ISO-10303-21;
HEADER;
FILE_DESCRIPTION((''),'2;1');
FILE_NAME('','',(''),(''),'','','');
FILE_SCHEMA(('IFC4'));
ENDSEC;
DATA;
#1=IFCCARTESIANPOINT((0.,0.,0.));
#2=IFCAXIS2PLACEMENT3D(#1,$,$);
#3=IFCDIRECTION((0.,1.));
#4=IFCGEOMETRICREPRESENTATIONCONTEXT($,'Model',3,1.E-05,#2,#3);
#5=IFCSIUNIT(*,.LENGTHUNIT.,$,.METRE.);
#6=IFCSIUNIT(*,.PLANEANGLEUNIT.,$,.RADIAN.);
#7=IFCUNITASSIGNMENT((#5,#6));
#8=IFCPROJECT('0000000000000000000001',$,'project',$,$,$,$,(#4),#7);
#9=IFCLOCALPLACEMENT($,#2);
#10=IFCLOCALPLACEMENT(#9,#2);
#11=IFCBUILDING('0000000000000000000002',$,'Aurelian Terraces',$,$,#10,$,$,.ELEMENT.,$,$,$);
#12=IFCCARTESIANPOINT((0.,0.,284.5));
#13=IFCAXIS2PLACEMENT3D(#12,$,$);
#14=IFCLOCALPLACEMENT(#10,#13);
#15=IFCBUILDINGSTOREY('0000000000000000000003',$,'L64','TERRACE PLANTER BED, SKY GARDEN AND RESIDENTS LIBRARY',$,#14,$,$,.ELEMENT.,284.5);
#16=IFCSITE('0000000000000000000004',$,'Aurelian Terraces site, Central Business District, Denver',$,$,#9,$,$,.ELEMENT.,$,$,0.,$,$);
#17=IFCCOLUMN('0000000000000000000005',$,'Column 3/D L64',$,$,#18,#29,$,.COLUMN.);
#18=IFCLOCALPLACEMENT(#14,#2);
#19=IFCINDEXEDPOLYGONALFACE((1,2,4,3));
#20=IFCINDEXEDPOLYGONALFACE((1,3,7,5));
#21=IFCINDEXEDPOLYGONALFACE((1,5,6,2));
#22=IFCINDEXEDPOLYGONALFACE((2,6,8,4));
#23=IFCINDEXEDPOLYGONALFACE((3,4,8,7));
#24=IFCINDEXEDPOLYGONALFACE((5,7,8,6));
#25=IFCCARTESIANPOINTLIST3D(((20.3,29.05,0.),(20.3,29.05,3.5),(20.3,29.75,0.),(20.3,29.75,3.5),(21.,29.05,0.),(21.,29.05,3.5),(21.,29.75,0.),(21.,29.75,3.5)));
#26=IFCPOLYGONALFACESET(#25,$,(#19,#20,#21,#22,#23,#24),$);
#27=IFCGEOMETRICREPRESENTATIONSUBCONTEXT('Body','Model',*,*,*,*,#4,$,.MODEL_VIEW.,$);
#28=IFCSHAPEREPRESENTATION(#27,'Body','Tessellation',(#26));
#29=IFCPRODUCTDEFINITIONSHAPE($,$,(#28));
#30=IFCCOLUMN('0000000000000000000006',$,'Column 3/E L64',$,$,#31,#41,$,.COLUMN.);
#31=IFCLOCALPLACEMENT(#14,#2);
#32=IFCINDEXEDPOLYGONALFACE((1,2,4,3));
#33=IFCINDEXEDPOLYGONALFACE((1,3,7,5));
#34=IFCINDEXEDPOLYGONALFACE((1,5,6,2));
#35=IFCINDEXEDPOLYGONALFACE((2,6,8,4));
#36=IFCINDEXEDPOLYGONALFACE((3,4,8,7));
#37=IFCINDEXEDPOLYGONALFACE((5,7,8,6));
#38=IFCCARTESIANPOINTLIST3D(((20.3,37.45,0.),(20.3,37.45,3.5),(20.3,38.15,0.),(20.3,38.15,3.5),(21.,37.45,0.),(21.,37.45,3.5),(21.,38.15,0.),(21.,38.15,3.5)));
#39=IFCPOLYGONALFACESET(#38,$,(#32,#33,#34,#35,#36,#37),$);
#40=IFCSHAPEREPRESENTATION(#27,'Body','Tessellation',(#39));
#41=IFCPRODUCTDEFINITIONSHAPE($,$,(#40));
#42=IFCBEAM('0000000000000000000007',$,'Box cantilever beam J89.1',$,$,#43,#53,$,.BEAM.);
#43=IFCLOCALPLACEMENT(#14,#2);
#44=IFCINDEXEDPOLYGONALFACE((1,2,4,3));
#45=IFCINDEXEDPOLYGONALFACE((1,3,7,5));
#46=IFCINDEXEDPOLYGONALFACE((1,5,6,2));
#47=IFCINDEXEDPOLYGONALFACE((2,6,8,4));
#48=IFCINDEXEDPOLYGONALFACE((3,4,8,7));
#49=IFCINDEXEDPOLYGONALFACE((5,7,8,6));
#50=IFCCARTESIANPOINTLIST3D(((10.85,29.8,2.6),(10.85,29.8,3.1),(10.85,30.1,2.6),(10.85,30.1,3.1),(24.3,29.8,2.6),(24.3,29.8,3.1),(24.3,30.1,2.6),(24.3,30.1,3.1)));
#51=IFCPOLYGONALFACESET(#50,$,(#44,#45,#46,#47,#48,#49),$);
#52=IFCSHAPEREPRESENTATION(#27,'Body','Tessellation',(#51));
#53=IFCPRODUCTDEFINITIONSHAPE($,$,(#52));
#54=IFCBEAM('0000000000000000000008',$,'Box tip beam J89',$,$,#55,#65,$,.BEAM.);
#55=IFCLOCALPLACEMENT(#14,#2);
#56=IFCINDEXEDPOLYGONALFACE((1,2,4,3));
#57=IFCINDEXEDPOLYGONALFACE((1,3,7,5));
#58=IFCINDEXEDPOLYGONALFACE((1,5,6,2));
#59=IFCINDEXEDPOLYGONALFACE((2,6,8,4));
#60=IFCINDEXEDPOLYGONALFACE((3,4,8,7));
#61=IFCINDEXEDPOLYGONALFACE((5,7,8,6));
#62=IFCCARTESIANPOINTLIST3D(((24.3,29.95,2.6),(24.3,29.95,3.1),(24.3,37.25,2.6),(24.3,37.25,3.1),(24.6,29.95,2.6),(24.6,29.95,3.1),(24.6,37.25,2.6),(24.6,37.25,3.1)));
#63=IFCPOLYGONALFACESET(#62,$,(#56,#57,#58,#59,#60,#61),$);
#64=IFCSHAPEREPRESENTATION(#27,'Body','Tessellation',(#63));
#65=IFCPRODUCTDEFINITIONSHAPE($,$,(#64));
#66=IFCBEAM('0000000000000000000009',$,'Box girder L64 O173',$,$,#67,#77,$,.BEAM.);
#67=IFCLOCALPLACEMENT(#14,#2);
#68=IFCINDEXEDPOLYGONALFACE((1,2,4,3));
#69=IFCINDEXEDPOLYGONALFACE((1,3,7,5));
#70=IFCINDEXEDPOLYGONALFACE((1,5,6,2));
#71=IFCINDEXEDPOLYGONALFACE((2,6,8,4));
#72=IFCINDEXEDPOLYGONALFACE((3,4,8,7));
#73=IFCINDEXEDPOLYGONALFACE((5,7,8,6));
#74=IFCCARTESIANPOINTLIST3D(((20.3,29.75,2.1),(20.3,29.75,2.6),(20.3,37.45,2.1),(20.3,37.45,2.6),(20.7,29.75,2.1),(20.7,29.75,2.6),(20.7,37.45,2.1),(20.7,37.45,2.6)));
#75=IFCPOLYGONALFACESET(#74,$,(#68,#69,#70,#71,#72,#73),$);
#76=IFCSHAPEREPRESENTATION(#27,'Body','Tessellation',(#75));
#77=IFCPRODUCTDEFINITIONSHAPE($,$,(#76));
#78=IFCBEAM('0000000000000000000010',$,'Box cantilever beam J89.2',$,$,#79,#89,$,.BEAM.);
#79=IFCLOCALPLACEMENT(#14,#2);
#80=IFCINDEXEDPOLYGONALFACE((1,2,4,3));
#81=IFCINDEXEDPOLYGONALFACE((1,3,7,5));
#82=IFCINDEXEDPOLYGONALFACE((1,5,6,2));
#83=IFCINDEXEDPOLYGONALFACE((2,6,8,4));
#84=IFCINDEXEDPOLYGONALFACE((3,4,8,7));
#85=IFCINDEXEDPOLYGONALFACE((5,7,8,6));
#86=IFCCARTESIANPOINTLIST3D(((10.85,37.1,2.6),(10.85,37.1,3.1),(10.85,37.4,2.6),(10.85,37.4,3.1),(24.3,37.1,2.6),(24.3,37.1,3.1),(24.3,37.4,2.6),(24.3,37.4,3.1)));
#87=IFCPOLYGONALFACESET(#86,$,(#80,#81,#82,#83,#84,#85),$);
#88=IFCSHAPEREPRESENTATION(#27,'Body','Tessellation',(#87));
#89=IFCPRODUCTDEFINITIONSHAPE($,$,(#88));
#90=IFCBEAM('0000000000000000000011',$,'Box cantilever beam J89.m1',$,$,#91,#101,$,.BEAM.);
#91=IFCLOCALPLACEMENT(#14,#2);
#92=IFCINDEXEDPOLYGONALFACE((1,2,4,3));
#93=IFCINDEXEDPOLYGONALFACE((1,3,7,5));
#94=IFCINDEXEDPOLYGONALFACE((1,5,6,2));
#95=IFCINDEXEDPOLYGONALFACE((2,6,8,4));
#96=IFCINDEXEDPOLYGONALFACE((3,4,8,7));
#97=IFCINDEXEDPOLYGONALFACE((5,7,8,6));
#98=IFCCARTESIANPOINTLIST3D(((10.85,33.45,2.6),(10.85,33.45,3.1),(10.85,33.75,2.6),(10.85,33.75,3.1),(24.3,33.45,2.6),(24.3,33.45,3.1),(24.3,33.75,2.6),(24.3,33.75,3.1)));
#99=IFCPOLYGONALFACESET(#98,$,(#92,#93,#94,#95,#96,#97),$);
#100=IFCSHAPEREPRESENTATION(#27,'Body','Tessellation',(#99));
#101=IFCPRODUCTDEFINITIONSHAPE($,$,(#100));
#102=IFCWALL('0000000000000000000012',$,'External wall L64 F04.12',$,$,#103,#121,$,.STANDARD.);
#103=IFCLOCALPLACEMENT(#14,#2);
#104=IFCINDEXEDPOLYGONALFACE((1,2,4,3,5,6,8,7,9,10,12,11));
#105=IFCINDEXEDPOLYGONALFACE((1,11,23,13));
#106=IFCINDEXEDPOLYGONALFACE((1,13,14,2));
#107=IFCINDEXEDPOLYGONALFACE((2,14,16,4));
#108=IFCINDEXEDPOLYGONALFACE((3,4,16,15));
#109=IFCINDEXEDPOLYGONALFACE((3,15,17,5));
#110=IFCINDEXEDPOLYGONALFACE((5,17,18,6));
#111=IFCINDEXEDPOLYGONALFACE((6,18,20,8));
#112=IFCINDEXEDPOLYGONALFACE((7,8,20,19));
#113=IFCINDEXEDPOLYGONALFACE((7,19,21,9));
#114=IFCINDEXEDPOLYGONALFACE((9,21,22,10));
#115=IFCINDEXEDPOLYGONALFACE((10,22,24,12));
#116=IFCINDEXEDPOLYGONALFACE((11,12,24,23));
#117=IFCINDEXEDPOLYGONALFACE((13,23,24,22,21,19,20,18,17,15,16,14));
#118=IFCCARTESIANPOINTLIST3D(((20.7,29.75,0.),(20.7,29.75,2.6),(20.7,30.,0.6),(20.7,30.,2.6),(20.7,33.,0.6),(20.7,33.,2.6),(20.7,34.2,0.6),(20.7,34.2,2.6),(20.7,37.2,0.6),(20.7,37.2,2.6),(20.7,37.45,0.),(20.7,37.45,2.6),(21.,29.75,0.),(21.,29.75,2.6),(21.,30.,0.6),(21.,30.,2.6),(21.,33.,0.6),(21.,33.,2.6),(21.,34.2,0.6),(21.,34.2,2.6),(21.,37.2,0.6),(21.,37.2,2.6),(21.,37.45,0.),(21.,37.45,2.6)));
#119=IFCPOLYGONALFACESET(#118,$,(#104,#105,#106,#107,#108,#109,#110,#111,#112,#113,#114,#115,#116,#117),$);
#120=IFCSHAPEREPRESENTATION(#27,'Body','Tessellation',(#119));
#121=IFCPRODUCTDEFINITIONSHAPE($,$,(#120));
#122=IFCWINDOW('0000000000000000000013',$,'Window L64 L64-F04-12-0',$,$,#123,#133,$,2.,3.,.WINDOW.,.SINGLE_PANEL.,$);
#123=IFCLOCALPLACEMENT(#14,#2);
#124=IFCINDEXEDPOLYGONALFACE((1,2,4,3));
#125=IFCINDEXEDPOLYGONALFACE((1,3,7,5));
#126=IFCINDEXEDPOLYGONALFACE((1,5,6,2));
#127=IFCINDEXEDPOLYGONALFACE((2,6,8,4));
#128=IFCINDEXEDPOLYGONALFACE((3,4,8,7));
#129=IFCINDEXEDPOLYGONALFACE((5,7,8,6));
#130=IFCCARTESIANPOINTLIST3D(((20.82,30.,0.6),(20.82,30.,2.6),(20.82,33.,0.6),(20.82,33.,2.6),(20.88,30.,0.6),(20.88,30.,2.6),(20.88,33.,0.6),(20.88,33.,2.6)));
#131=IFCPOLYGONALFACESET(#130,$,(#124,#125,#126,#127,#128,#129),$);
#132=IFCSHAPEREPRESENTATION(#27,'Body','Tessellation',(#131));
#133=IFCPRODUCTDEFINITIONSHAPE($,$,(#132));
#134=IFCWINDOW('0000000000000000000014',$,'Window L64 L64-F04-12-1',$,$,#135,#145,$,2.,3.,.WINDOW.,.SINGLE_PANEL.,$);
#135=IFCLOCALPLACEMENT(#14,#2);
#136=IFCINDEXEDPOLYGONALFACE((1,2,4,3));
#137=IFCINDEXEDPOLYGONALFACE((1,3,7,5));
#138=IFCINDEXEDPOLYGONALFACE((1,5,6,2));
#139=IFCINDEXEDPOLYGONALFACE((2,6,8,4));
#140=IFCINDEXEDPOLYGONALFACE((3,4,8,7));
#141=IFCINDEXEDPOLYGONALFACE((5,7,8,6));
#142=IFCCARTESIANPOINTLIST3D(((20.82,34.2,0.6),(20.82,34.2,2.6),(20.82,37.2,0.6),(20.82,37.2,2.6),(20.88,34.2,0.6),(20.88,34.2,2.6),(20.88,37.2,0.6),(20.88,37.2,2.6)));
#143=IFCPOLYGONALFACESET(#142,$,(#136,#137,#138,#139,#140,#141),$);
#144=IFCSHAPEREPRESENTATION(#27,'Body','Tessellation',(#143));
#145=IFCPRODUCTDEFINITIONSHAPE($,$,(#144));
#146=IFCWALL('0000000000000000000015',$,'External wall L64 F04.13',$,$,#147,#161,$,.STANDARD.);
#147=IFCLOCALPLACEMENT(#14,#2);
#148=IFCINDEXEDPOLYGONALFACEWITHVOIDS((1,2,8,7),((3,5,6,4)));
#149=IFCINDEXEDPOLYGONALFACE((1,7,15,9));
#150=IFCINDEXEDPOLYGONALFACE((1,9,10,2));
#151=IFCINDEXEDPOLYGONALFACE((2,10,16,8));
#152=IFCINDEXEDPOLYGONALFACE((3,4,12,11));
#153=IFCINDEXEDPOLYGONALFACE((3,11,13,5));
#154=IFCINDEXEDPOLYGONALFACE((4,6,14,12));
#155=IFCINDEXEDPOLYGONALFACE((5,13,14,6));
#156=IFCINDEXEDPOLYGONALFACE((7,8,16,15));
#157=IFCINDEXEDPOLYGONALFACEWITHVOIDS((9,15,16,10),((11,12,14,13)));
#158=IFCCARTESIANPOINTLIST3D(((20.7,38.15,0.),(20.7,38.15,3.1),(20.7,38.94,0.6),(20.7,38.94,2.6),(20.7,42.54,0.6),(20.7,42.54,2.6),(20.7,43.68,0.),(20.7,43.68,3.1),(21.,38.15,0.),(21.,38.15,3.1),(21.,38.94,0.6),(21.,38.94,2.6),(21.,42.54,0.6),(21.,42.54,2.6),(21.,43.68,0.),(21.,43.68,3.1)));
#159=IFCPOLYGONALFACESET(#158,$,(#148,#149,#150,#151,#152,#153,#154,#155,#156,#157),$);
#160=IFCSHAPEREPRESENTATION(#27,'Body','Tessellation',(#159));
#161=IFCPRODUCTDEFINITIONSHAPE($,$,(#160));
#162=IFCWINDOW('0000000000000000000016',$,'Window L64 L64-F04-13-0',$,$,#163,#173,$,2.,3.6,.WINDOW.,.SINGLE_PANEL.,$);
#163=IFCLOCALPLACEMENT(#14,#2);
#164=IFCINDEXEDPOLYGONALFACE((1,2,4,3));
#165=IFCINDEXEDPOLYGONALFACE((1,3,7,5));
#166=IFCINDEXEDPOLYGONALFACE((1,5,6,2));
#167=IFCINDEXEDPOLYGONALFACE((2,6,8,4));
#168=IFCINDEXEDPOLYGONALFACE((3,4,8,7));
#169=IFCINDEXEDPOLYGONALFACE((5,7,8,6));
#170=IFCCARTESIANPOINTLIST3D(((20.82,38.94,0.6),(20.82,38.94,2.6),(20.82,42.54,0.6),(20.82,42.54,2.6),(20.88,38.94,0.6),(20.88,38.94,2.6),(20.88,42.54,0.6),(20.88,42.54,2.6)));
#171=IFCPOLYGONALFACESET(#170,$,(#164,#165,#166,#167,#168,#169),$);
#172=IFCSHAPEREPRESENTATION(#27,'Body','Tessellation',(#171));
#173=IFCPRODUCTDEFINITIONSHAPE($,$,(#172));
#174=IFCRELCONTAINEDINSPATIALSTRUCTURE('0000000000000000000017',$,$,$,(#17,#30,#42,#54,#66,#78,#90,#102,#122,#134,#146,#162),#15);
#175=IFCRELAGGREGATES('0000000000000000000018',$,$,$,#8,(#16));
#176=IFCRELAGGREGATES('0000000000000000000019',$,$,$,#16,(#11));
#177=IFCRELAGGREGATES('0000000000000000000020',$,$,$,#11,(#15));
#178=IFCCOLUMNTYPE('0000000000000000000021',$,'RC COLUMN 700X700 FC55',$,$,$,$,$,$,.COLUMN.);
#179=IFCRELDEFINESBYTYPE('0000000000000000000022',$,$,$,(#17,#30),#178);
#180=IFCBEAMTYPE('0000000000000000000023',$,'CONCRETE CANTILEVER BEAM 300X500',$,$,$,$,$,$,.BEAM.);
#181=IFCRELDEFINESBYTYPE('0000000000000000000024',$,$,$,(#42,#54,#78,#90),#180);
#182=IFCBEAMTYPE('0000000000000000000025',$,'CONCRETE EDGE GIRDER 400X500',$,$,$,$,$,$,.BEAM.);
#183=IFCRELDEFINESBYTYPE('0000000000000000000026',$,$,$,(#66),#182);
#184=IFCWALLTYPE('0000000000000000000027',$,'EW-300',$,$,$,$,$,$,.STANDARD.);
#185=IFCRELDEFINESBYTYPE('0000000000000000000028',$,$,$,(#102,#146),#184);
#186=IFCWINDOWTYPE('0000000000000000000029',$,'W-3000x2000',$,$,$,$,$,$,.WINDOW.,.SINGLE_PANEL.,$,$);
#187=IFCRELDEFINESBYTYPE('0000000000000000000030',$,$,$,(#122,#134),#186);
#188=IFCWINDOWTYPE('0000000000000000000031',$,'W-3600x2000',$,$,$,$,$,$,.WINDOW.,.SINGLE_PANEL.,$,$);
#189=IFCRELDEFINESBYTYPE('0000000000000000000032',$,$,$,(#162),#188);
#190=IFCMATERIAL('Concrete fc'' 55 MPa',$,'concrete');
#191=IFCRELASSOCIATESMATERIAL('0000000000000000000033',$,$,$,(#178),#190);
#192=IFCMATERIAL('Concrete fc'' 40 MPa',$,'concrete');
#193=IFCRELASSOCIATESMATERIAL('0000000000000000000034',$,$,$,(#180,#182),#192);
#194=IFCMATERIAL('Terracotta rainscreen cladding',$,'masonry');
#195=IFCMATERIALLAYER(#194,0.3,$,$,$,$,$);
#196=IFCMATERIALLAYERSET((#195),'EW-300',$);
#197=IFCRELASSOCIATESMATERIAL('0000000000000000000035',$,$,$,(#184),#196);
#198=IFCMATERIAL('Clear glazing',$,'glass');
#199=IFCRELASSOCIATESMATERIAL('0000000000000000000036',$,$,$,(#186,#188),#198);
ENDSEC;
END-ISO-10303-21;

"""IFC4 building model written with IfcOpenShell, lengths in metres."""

from ifc_helpers import new_model, si_unit, direction, frame, frame_2d, origin, origin_2d, place, context, subcontext, project, spatial, rectangle, extrude, source, transform, mapped, material, layer, layer_set, material_profile, profile_set, type_object, element, fill, save


model = new_model("IFC4")

# Units and contexts
model_context = context("Model", 3, precision=1e-05, world=origin(), true_north=direction((0.0, 1.0)))
body_context = subcontext(model_context, "Body", "Model", "MODEL_VIEW")
ifc_project = project(units=[si_unit("LENGTHUNIT", "METRE"), si_unit("PLANEANGLEUNIT", "RADIAN")], contexts=[model_context])

# Site, building, storey
site_placement = place(None, origin())
site = spatial("IfcSite", under=ifc_project, at=site_placement, Name="Aurelian Terraces site, Central Business District, Denver", CompositionType="ELEMENT", RefElevation=0.0)
building_placement = place(site_placement, origin())
building = spatial("IfcBuilding", under=site, at=building_placement, Name="Aurelian Terraces", CompositionType="ELEMENT")
storey_placement = place(building_placement, frame((0.0, 0.0, 284.5)))
storey = spatial("IfcBuildingStorey", under=building, at=storey_placement, Name="L64", Description="TERRACE PLANTER BED, SKY GARDEN AND RESIDENTS LIBRARY", CompositionType="ELEMENT", Elevation=284.5)

# Columns
ifc_material_1 = material(Name="Concrete fc' 55 MPa", Category="concrete")
ifc_material_profile_1 = material_profile(ifc_material_1, rectangle(XDim=0.7, YDim=0.7, at=origin_2d()))
ifc_profile_set_1 = profile_set([ifc_material_profile_1], Name="Concrete fc' 55 MPa")
column_type = type_object("IfcColumnType", Name="RC COLUMN 700X700 FC55", PredefinedType="COLUMN", material=ifc_profile_set_1)
shared_shape_1 = source(origin(), body_context, "Body", "SweptSolid", [
    extrude(rectangle(XDim=0.7, YDim=0.7, at=origin_2d()), origin(), (0.0, 0.0, 1.0), 3.5),
])
for number, where, z_axis, x_axis, name in (
    (1, (20.65, 29.4, 0.0), (0.0, 0.0, 1.0), (1.0, 0.0, 0.0), "Column 3/D L64"),
    (2, (20.65, 37.8, 0.0), (0.0, 0.0, 1.0), (1.0, 0.0, 0.0), "Column 3/E L64"),
):
    element("IfcColumn", number, at=place(storey_placement, frame(where, z_axis=z_axis, x_axis=x_axis)), inside=storey, type_object=column_type, Name=name, PredefinedType="COLUMN", context=body_context, shape_type="MappedRepresentation", body=[
        mapped(shared_shape_1, transform((0.0, 0.0, 0.0), scale=1.0)),
    ])

# Beams
ifc_material_2 = material(Name="Concrete fc' 40 MPa", Category="concrete")
ifc_material_profile_2 = material_profile(ifc_material_2, rectangle(XDim=0.3, YDim=0.5, at=origin_2d()))
ifc_profile_set_2 = profile_set([ifc_material_profile_2], Name="Concrete fc' 40 MPa")
beam_type_1 = type_object("IfcBeamType", Name="CONCRETE CANTILEVER BEAM 300X500", PredefinedType="BEAM", material=ifc_profile_set_2)
beam_1_placement = place(storey_placement, frame((24.3, 29.95, 2.85), z_axis=(-1.0, 0.0, 0.0), x_axis=(0.0, -1.0, 0.0)))
element("IfcBeam", 3, at=beam_1_placement, inside=storey, type_object=beam_type_1, Name="Box cantilever beam J89.1", PredefinedType="BEAM", context=body_context, shape_type="SweptSolid", body=[
    extrude(rectangle(XDim=0.3, YDim=0.5, at=origin_2d()), origin(), (0.0, 0.0, 1.0), 13.45),
])
beam_2_placement = place(storey_placement, frame((24.45, 29.95, 2.85), z_axis=(0.0, 1.0, 0.0), x_axis=(-1.0, 0.0, 0.0)))
element("IfcBeam", 4, at=beam_2_placement, inside=storey, type_object=beam_type_1, Name="Box tip beam J89", PredefinedType="BEAM", context=body_context, shape_type="SweptSolid", body=[
    extrude(rectangle(XDim=0.3, YDim=0.5, at=origin_2d()), origin(), (0.0, 0.0, 1.0), 7.3),
])
ifc_material_profile_3 = material_profile(ifc_material_2, rectangle(XDim=0.4, YDim=0.5, at=origin_2d()))
ifc_profile_set_3 = profile_set([ifc_material_profile_3], Name="Concrete fc' 40 MPa")
beam_type_2 = type_object("IfcBeamType", Name="CONCRETE EDGE GIRDER 400X500", PredefinedType="BEAM", material=ifc_profile_set_3)
beam_3_placement = place(storey_placement, frame((20.5, 29.75, 2.35), z_axis=(0.0, 1.0, 0.0), x_axis=(-1.0, 0.0, 0.0)))
element("IfcBeam", 5, at=beam_3_placement, inside=storey, type_object=beam_type_2, Name="Box girder L64 O173", PredefinedType="BEAM", context=body_context, shape_type="SweptSolid", body=[
    extrude(rectangle(XDim=0.4, YDim=0.5, at=origin_2d()), origin(), (0.0, 0.0, 1.0), 7.7),
])
shared_shape_2 = source(origin(), body_context, "Body", "SweptSolid", [
    extrude(rectangle(XDim=0.3, YDim=0.5, at=origin_2d()), origin(), (0.0, 0.0, 1.0), 13.45),
])
for number, where, z_axis, x_axis, name in (
    (6, (24.3, 37.25, 2.85), (-1.0, 0.0, 0.0), (0.0, -1.0, 0.0), "Box cantilever beam J89.2"),
    (7, (24.3, 33.6, 2.85), (-1.0, 0.0, 0.0), (0.0, -1.0, 0.0), "Box cantilever beam J89.m1"),
):
    element("IfcBeam", number, at=place(storey_placement, frame(where, z_axis=z_axis, x_axis=x_axis)), inside=storey, type_object=beam_type_1, Name=name, PredefinedType="BEAM", context=body_context, shape_type="MappedRepresentation", body=[
        mapped(shared_shape_2, transform((0.0, 0.0, 0.0), scale=1.0)),
    ])

# Wall, openings, windows
ifc_material_3 = material(Name="Terracotta rainscreen cladding", Category="masonry")
ifc_layer_1 = layer(ifc_material_3, 0.3)
ifc_layer_set_1 = layer_set([ifc_layer_1], Name="EW-300")
wall_type_1 = type_object("IfcWallType", Name="EW-300", PredefinedType="STANDARD", material=ifc_layer_set_1)
wall_1_placement = place(storey_placement, frame((20.85, 29.75, 0.0), z_axis=(0.0, 0.0, 1.0), x_axis=(0.0, 1.0, 0.0)))
wall_1 = element("IfcWall", 8, at=wall_1_placement, inside=storey, type_object=wall_type_1, Name="External wall L64 F04.12", PredefinedType="STANDARD", context=body_context, shape_type="SweptSolid", body=[
    extrude(rectangle(XDim=7.7, YDim=0.3, at=frame_2d((3.85, 0.0))), origin(), (0.0, 0.0, 1.0), 2.6),
])
shared_shape_3 = source(origin(), body_context, "Body", "SweptSolid", [
    extrude(rectangle(XDim=3.0, YDim=2.0, at=frame_2d((1.5, 1.0))), frame((0.0, 0.16, 0.0), z_axis=(0.0, -1.0, 0.0), x_axis=(1.0, 0.0, 0.0)), (0.0, 0.0, 1.0), 0.32),
])
opening_1_placement = place(wall_1_placement, frame((0.25, 0.0, 0.6)))
opening_1 = element("IfcOpeningElement", 9, at=opening_1_placement, cuts=wall_1, PredefinedType="OPENING", context=body_context, shape_type="MappedRepresentation", body=[
    mapped(shared_shape_3, transform((0.0, 0.0, 0.0), scale=1.0)),
])
opening_2_placement = place(wall_1_placement, frame((4.45, 0.0, 0.6)))
opening_2 = element("IfcOpeningElement", 10, at=opening_2_placement, cuts=wall_1, PredefinedType="OPENING", context=body_context, shape_type="MappedRepresentation", body=[
    mapped(shared_shape_3, transform((0.0, 0.0, 0.0), scale=1.0)),
])
ifc_material_4 = material(Name="Clear glazing", Category="glass")
window_type_1 = type_object("IfcWindowType", Name="W-3000x2000", PartitioningType="SINGLE_PANEL", PredefinedType="WINDOW", material=ifc_material_4)
shared_shape_4 = source(origin(), body_context, "Body", "SweptSolid", [
    extrude(rectangle(XDim=3.0, YDim=2.0, at=frame_2d((1.5, 1.0))), frame((0.0, 0.03, 0.0), z_axis=(0.0, -1.0, 0.0), x_axis=(1.0, 0.0, 0.0)), (0.0, 0.0, 1.0), 0.06),
])
window_1_placement = place(opening_1_placement, origin())
window_1 = element("IfcWindow", 11, at=window_1_placement, inside=storey, type_object=window_type_1, Name="Window L64 L64-F04-12-0", OverallHeight=2.0, OverallWidth=3.0, PartitioningType="SINGLE_PANEL", PredefinedType="WINDOW", context=body_context, shape_type="MappedRepresentation", body=[
    mapped(shared_shape_4, transform((0.0, 0.0, 0.0), scale=1.0)),
])
fill(opening_1, window_1)
window_2_placement = place(opening_2_placement, origin())
window_2 = element("IfcWindow", 12, at=window_2_placement, inside=storey, type_object=window_type_1, Name="Window L64 L64-F04-12-1", OverallHeight=2.0, OverallWidth=3.0, PartitioningType="SINGLE_PANEL", PredefinedType="WINDOW", context=body_context, shape_type="MappedRepresentation", body=[
    mapped(shared_shape_4, transform((0.0, 0.0, 0.0), scale=1.0)),
])
fill(opening_2, window_2)

# Wall, opening, window
wall_2_placement = place(storey_placement, frame((20.85, 38.15, 0.0), z_axis=(0.0, 0.0, 1.0), x_axis=(0.0, 1.0, 0.0)))
wall_2 = element("IfcWall", 13, at=wall_2_placement, inside=storey, type_object=wall_type_1, Name="External wall L64 F04.13", PredefinedType="STANDARD", context=body_context, shape_type="SweptSolid", body=[
    extrude(rectangle(XDim=5.53, YDim=0.3, at=frame_2d((2.765, 0.0))), origin(), (0.0, 0.0, 1.0), 3.1),
])
shared_shape_5 = source(origin(), body_context, "Body", "SweptSolid", [
    extrude(rectangle(XDim=3.6, YDim=2.0, at=frame_2d((1.8, 1.0))), frame((0.0, 0.16, 0.0), z_axis=(0.0, -1.0, 0.0), x_axis=(1.0, 0.0, 0.0)), (0.0, 0.0, 1.0), 0.32),
])
opening_3_placement = place(wall_2_placement, frame((0.79, 0.0, 0.6)))
opening_3 = element("IfcOpeningElement", 14, at=opening_3_placement, cuts=wall_2, PredefinedType="OPENING", context=body_context, shape_type="MappedRepresentation", body=[
    mapped(shared_shape_5, transform((0.0, 0.0, 0.0), scale=1.0)),
])
window_type_2 = type_object("IfcWindowType", Name="W-3600x2000", PartitioningType="SINGLE_PANEL", PredefinedType="WINDOW", material=ifc_material_4)
shared_shape_6 = source(origin(), body_context, "Body", "SweptSolid", [
    extrude(rectangle(XDim=3.6, YDim=2.0, at=frame_2d((1.8, 1.0))), frame((0.0, 0.03, 0.0), z_axis=(0.0, -1.0, 0.0), x_axis=(1.0, 0.0, 0.0)), (0.0, 0.0, 1.0), 0.06),
])
window_3_placement = place(opening_3_placement, origin())
window_3 = element("IfcWindow", 15, at=window_3_placement, inside=storey, type_object=window_type_2, Name="Window L64 L64-F04-13-0", OverallHeight=2.0, OverallWidth=3.6, PartitioningType="SINGLE_PANEL", PredefinedType="WINDOW", context=body_context, shape_type="MappedRepresentation", body=[
    mapped(shared_shape_6, transform((0.0, 0.0, 0.0), scale=1.0)),
])
fill(opening_3, window_3)

save(model, "model.ifc")
